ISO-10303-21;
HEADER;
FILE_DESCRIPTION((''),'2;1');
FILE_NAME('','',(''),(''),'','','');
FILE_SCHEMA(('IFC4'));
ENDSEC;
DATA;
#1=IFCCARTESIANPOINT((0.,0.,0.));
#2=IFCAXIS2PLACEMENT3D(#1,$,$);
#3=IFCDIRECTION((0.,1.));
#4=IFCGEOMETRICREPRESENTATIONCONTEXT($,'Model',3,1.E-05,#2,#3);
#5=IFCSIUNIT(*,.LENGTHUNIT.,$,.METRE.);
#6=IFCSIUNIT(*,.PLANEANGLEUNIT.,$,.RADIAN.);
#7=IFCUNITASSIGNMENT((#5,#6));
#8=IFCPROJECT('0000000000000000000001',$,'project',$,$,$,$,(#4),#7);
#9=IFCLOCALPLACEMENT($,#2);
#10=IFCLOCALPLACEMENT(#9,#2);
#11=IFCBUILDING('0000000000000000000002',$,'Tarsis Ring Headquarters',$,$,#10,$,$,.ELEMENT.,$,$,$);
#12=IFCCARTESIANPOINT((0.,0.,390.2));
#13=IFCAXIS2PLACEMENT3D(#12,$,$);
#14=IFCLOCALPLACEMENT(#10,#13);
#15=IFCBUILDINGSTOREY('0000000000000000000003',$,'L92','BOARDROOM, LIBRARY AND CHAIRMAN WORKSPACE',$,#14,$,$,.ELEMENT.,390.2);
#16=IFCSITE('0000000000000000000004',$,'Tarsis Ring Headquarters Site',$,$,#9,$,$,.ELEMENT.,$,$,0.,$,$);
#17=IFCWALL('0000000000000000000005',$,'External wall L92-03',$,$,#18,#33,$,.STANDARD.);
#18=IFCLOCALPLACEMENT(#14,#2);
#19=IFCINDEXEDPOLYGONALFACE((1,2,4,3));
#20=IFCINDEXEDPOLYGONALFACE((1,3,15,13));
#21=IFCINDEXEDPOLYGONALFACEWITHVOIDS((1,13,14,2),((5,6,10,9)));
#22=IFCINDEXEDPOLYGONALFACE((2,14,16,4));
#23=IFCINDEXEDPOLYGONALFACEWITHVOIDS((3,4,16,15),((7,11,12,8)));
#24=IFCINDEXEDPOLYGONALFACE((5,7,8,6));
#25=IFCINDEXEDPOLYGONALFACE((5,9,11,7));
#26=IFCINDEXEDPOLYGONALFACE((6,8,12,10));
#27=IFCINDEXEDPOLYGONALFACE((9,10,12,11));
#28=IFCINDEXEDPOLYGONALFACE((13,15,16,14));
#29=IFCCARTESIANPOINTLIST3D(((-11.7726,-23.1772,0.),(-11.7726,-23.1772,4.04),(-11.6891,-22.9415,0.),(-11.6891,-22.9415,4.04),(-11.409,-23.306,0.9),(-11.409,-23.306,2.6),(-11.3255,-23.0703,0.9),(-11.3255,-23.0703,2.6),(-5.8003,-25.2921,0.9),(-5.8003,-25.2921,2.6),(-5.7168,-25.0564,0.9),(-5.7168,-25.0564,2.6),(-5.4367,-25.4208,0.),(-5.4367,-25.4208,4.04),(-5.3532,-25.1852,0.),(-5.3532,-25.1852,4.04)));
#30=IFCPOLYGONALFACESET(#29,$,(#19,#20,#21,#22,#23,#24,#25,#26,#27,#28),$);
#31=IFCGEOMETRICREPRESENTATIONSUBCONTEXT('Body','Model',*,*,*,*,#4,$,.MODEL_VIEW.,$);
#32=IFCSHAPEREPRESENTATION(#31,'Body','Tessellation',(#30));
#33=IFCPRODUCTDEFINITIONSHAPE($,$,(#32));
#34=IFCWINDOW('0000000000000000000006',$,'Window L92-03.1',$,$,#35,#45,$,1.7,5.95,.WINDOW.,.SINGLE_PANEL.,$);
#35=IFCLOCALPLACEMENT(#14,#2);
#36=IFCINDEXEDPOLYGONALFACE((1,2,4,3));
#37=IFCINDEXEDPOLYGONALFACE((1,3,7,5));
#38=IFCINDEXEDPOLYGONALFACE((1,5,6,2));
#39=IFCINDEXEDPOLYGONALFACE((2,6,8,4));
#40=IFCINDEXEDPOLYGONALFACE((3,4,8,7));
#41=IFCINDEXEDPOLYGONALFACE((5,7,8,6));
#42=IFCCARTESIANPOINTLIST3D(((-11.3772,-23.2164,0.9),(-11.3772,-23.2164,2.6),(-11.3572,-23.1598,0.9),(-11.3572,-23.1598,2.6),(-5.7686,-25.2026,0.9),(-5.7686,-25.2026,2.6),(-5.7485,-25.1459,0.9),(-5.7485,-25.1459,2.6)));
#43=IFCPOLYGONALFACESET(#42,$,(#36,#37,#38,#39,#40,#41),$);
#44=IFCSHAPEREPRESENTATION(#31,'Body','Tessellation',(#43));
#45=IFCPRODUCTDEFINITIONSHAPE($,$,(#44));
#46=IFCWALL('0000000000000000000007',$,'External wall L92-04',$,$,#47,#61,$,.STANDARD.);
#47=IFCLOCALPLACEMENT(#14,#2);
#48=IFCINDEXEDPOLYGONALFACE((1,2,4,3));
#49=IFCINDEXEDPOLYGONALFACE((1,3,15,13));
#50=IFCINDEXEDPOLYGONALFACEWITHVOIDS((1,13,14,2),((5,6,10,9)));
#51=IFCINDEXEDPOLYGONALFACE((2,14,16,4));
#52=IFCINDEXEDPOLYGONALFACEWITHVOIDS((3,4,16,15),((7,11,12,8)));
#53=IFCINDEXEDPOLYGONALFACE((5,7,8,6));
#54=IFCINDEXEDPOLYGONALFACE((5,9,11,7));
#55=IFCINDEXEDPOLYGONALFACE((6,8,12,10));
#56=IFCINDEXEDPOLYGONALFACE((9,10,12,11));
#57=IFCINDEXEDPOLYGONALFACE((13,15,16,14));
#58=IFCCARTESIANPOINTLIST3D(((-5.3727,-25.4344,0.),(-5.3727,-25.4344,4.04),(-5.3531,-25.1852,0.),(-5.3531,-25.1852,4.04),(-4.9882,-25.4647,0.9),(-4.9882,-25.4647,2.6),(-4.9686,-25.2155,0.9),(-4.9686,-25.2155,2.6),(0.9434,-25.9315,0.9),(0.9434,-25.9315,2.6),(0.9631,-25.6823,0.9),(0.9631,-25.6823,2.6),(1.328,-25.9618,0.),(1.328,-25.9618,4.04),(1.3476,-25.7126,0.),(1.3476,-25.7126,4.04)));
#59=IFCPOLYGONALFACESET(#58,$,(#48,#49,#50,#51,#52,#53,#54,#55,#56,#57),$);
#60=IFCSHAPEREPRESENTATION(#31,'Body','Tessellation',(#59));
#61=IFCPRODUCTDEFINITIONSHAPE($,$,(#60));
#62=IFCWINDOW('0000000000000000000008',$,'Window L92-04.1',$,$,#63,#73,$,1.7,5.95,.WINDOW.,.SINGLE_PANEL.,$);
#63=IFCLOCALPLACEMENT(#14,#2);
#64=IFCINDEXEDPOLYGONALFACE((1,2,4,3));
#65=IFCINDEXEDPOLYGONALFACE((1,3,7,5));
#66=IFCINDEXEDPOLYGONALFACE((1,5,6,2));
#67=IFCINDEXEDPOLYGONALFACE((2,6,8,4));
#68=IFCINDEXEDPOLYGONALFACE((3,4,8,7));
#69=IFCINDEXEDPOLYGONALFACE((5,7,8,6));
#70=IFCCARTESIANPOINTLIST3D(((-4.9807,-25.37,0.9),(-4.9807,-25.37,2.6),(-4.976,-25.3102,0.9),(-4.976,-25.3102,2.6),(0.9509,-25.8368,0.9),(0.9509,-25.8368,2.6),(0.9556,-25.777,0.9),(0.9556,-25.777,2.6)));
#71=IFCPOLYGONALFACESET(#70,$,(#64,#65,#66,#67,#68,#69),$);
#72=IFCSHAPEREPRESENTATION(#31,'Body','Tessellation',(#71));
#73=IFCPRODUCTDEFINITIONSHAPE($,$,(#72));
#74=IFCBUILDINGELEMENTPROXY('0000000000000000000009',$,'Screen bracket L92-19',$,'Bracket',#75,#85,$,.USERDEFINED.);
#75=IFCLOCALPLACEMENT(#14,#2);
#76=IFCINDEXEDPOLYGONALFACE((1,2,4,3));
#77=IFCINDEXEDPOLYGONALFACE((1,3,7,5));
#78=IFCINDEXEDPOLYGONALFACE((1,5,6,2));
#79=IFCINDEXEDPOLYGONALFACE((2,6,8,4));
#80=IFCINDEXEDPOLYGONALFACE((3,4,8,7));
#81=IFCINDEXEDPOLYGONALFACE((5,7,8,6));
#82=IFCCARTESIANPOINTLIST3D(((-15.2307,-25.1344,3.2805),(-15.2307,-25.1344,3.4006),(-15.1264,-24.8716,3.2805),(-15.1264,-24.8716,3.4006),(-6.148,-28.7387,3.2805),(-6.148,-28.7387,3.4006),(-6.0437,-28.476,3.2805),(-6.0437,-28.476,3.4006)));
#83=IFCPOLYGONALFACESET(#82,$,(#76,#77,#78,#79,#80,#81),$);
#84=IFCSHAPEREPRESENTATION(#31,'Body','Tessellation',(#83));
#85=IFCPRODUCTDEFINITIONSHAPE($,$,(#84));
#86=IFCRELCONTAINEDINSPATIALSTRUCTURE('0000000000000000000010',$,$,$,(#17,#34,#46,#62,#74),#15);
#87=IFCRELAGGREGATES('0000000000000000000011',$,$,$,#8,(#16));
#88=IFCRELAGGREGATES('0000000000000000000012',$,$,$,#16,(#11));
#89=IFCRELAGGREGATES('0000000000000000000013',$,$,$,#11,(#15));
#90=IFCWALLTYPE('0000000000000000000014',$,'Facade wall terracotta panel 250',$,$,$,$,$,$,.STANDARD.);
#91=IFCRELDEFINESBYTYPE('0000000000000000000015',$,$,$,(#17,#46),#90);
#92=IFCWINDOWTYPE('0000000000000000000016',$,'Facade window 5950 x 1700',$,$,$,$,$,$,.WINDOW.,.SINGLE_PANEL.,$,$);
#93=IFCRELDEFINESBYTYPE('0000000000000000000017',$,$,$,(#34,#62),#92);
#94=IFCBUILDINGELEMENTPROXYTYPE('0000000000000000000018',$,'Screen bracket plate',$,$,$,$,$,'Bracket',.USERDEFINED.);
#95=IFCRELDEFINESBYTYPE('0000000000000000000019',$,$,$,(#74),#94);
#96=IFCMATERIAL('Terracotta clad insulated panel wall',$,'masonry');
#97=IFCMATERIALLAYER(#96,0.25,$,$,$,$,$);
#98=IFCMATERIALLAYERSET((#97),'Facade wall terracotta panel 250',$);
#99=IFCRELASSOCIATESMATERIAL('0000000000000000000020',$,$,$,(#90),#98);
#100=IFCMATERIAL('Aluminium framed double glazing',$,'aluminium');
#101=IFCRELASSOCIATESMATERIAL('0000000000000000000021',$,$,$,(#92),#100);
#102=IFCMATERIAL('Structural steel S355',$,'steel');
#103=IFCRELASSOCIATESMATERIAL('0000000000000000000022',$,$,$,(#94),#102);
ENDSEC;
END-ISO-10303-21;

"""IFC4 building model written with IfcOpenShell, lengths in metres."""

from ifc_helpers import new_model, si_unit, direction, frame, frame_2d, origin, origin_2d, place, context, subcontext, project, spatial, rectangle, extrude, material, layer, layer_set, type_object, element, fill, save


model = new_model("IFC4")

# Units and contexts
model_context = context("Model", 3, precision=1e-05, world=origin(), true_north=direction((0.0, 1.0)))
body_context = subcontext(model_context, "Body", "Model", "MODEL_VIEW")
ifc_project = project(units=[si_unit("LENGTHUNIT", "METRE"), si_unit("PLANEANGLEUNIT", "RADIAN")], contexts=[model_context])

# Site, building, storey
site_placement = place(None, origin())
site = spatial("IfcSite", under=ifc_project, at=site_placement, Name="Tarsis Ring Headquarters Site", CompositionType="ELEMENT", RefElevation=0.0)
building_placement = place(site_placement, origin())
building = spatial("IfcBuilding", under=site, at=building_placement, Name="Tarsis Ring Headquarters", CompositionType="ELEMENT")
storey_placement = place(building_placement, frame((0.0, 0.0, 390.2)))
storey = spatial("IfcBuildingStorey", under=building, at=storey_placement, Name="L92", Description="BOARDROOM, LIBRARY AND CHAIRMAN WORKSPACE", CompositionType="ELEMENT", Elevation=390.2)

# Shared definitions
ifc_material_1 = material(Name="Structural steel S355", Category="steel")

# Walls, openings, windows
ifc_material_2 = material(Name="Terracotta clad insulated panel wall", Category="masonry")
ifc_layer_1 = layer(ifc_material_2, 0.25)
ifc_layer_set_1 = layer_set([ifc_layer_1], Name="Facade wall terracotta panel 250")
wall_type_1 = type_object("IfcWallType", Name="Facade wall terracotta panel 250", PredefinedType="STANDARD", material=ifc_layer_set_1)
ifc_material_3 = material(Name="Aluminium framed double glazing", Category="aluminium")
wall_1_placement = place(storey_placement, frame((-11.731, -23.0593, 0.0), z_axis=(0.0, 0.0, 1.0), x_axis=(0.942642, -0.333804, 0.0)))
wall_1 = element("IfcWall", 1, at=wall_1_placement, inside=storey, type_object=wall_type_1, Name="External wall L92-03", PredefinedType="STANDARD", context=body_context, shape_type="SweptSolid", body=[
    extrude(rectangle(XDim=6.7214, YDim=0.25, at=frame_2d((3.3608, 0.0))), origin(), (0.0, 0.0, 1.0), 4.04),
])
opening_1_placement = place(wall_1_placement, frame((0.3857, 0.0, 0.8999)))
opening_1 = element("IfcOpeningElement", 2, at=opening_1_placement, cuts=wall_1, PredefinedType="OPENING", context=body_context, shape_type="SweptSolid", body=[
    extrude(rectangle(XDim=5.95, YDim=1.7, at=frame_2d((2.9751, 0.8501))), frame((0.0, 0.135, 0.0), z_axis=(0.0, -1.0, 0.0), x_axis=(1.0, 0.0, 0.0)), (0.0, 0.0, 1.0), 0.27),
])
window_type_1 = type_object("IfcWindowType", Name="Facade window 5950 x 1700", PartitioningType="SINGLE_PANEL", PredefinedType="WINDOW", material=ifc_material_3)
window_1_placement = place(opening_1_placement, origin())
window_1 = element("IfcWindow", 3, at=window_1_placement, inside=storey, type_object=window_type_1, Name="Window L92-03.1", OverallHeight=1.7, OverallWidth=5.95, PartitioningType="SINGLE_PANEL", PredefinedType="WINDOW", context=body_context, shape_type="SweptSolid", body=[
    extrude(rectangle(XDim=5.95, YDim=1.7, at=frame_2d((2.9751, 0.8501))), frame((0.0, 0.03, 0.0), z_axis=(0.0, -1.0, 0.0), x_axis=(1.0, 0.0, 0.0)), (0.0, 0.0, 1.0), 0.0601),
])
fill(opening_1, window_1)
wall_2_placement = place(storey_placement, frame((-5.363, -25.3098, 0.0), z_axis=(0.0, 0.0, 1.0), x_axis=(0.996917, -0.078457, 0.0)))
wall_2 = element("IfcWall", 4, at=wall_2_placement, inside=storey, type_object=wall_type_1, Name="External wall L92-04", PredefinedType="STANDARD", context=body_context, shape_type="SweptSolid", body=[
    extrude(rectangle(XDim=6.7214, YDim=0.25, at=frame_2d((3.3608, 0.0))), origin(), (0.0, 0.0, 1.0), 4.04),
])
opening_2_placement = place(wall_2_placement, frame((0.3857, 0.0, 0.8999)))
opening_2 = element("IfcOpeningElement", 5, at=opening_2_placement, cuts=wall_2, PredefinedType="OPENING", context=body_context, shape_type="SweptSolid", body=[
    extrude(rectangle(XDim=5.95, YDim=1.7, at=frame_2d((2.9751, 0.8501))), frame((0.0, 0.135, 0.0), z_axis=(0.0, -1.0, 0.0), x_axis=(1.0, 0.0, 0.0)), (0.0, 0.0, 1.0), 0.27),
])
window_2_placement = place(opening_2_placement, origin())
window_2 = element("IfcWindow", 6, at=window_2_placement, inside=storey, type_object=window_type_1, Name="Window L92-04.1", OverallHeight=1.7, OverallWidth=5.95, PartitioningType="SINGLE_PANEL", PredefinedType="WINDOW", context=body_context, shape_type="SweptSolid", body=[
    extrude(rectangle(XDim=5.95, YDim=1.7, at=frame_2d((2.9751, 0.8501))), frame((0.0, 0.03, 0.0), z_axis=(0.0, -1.0, 0.0), x_axis=(1.0, 0.0, 0.0)), (0.0, 0.0, 1.0), 0.0601),
])
fill(opening_2, window_2)

# Building element proxy
building_element_proxy_type = type_object("IfcBuildingElementProxyType", Name="Screen bracket plate", ElementType="Bracket", PredefinedType="USERDEFINED", material=ifc_material_1)
proxy_placement = place(storey_placement, frame((-10.6372, -26.8052, 3.2805), z_axis=(0.0, 0.0, 1.0), x_axis=(0.929487, -0.368854, 0.0)))
element("IfcBuildingElementProxy", 7, at=proxy_placement, inside=storey, type_object=building_element_proxy_type, Name="Screen bracket L92-19", ObjectType="Bracket", PredefinedType="USERDEFINED", context=body_context, shape_type="SweptSolid", body=[
    extrude(rectangle(XDim=9.7717, YDim=0.2827, at=origin_2d()), origin(), (0.0, 0.0, 1.0), 0.1201),
])

save(model, "model.ifc")
